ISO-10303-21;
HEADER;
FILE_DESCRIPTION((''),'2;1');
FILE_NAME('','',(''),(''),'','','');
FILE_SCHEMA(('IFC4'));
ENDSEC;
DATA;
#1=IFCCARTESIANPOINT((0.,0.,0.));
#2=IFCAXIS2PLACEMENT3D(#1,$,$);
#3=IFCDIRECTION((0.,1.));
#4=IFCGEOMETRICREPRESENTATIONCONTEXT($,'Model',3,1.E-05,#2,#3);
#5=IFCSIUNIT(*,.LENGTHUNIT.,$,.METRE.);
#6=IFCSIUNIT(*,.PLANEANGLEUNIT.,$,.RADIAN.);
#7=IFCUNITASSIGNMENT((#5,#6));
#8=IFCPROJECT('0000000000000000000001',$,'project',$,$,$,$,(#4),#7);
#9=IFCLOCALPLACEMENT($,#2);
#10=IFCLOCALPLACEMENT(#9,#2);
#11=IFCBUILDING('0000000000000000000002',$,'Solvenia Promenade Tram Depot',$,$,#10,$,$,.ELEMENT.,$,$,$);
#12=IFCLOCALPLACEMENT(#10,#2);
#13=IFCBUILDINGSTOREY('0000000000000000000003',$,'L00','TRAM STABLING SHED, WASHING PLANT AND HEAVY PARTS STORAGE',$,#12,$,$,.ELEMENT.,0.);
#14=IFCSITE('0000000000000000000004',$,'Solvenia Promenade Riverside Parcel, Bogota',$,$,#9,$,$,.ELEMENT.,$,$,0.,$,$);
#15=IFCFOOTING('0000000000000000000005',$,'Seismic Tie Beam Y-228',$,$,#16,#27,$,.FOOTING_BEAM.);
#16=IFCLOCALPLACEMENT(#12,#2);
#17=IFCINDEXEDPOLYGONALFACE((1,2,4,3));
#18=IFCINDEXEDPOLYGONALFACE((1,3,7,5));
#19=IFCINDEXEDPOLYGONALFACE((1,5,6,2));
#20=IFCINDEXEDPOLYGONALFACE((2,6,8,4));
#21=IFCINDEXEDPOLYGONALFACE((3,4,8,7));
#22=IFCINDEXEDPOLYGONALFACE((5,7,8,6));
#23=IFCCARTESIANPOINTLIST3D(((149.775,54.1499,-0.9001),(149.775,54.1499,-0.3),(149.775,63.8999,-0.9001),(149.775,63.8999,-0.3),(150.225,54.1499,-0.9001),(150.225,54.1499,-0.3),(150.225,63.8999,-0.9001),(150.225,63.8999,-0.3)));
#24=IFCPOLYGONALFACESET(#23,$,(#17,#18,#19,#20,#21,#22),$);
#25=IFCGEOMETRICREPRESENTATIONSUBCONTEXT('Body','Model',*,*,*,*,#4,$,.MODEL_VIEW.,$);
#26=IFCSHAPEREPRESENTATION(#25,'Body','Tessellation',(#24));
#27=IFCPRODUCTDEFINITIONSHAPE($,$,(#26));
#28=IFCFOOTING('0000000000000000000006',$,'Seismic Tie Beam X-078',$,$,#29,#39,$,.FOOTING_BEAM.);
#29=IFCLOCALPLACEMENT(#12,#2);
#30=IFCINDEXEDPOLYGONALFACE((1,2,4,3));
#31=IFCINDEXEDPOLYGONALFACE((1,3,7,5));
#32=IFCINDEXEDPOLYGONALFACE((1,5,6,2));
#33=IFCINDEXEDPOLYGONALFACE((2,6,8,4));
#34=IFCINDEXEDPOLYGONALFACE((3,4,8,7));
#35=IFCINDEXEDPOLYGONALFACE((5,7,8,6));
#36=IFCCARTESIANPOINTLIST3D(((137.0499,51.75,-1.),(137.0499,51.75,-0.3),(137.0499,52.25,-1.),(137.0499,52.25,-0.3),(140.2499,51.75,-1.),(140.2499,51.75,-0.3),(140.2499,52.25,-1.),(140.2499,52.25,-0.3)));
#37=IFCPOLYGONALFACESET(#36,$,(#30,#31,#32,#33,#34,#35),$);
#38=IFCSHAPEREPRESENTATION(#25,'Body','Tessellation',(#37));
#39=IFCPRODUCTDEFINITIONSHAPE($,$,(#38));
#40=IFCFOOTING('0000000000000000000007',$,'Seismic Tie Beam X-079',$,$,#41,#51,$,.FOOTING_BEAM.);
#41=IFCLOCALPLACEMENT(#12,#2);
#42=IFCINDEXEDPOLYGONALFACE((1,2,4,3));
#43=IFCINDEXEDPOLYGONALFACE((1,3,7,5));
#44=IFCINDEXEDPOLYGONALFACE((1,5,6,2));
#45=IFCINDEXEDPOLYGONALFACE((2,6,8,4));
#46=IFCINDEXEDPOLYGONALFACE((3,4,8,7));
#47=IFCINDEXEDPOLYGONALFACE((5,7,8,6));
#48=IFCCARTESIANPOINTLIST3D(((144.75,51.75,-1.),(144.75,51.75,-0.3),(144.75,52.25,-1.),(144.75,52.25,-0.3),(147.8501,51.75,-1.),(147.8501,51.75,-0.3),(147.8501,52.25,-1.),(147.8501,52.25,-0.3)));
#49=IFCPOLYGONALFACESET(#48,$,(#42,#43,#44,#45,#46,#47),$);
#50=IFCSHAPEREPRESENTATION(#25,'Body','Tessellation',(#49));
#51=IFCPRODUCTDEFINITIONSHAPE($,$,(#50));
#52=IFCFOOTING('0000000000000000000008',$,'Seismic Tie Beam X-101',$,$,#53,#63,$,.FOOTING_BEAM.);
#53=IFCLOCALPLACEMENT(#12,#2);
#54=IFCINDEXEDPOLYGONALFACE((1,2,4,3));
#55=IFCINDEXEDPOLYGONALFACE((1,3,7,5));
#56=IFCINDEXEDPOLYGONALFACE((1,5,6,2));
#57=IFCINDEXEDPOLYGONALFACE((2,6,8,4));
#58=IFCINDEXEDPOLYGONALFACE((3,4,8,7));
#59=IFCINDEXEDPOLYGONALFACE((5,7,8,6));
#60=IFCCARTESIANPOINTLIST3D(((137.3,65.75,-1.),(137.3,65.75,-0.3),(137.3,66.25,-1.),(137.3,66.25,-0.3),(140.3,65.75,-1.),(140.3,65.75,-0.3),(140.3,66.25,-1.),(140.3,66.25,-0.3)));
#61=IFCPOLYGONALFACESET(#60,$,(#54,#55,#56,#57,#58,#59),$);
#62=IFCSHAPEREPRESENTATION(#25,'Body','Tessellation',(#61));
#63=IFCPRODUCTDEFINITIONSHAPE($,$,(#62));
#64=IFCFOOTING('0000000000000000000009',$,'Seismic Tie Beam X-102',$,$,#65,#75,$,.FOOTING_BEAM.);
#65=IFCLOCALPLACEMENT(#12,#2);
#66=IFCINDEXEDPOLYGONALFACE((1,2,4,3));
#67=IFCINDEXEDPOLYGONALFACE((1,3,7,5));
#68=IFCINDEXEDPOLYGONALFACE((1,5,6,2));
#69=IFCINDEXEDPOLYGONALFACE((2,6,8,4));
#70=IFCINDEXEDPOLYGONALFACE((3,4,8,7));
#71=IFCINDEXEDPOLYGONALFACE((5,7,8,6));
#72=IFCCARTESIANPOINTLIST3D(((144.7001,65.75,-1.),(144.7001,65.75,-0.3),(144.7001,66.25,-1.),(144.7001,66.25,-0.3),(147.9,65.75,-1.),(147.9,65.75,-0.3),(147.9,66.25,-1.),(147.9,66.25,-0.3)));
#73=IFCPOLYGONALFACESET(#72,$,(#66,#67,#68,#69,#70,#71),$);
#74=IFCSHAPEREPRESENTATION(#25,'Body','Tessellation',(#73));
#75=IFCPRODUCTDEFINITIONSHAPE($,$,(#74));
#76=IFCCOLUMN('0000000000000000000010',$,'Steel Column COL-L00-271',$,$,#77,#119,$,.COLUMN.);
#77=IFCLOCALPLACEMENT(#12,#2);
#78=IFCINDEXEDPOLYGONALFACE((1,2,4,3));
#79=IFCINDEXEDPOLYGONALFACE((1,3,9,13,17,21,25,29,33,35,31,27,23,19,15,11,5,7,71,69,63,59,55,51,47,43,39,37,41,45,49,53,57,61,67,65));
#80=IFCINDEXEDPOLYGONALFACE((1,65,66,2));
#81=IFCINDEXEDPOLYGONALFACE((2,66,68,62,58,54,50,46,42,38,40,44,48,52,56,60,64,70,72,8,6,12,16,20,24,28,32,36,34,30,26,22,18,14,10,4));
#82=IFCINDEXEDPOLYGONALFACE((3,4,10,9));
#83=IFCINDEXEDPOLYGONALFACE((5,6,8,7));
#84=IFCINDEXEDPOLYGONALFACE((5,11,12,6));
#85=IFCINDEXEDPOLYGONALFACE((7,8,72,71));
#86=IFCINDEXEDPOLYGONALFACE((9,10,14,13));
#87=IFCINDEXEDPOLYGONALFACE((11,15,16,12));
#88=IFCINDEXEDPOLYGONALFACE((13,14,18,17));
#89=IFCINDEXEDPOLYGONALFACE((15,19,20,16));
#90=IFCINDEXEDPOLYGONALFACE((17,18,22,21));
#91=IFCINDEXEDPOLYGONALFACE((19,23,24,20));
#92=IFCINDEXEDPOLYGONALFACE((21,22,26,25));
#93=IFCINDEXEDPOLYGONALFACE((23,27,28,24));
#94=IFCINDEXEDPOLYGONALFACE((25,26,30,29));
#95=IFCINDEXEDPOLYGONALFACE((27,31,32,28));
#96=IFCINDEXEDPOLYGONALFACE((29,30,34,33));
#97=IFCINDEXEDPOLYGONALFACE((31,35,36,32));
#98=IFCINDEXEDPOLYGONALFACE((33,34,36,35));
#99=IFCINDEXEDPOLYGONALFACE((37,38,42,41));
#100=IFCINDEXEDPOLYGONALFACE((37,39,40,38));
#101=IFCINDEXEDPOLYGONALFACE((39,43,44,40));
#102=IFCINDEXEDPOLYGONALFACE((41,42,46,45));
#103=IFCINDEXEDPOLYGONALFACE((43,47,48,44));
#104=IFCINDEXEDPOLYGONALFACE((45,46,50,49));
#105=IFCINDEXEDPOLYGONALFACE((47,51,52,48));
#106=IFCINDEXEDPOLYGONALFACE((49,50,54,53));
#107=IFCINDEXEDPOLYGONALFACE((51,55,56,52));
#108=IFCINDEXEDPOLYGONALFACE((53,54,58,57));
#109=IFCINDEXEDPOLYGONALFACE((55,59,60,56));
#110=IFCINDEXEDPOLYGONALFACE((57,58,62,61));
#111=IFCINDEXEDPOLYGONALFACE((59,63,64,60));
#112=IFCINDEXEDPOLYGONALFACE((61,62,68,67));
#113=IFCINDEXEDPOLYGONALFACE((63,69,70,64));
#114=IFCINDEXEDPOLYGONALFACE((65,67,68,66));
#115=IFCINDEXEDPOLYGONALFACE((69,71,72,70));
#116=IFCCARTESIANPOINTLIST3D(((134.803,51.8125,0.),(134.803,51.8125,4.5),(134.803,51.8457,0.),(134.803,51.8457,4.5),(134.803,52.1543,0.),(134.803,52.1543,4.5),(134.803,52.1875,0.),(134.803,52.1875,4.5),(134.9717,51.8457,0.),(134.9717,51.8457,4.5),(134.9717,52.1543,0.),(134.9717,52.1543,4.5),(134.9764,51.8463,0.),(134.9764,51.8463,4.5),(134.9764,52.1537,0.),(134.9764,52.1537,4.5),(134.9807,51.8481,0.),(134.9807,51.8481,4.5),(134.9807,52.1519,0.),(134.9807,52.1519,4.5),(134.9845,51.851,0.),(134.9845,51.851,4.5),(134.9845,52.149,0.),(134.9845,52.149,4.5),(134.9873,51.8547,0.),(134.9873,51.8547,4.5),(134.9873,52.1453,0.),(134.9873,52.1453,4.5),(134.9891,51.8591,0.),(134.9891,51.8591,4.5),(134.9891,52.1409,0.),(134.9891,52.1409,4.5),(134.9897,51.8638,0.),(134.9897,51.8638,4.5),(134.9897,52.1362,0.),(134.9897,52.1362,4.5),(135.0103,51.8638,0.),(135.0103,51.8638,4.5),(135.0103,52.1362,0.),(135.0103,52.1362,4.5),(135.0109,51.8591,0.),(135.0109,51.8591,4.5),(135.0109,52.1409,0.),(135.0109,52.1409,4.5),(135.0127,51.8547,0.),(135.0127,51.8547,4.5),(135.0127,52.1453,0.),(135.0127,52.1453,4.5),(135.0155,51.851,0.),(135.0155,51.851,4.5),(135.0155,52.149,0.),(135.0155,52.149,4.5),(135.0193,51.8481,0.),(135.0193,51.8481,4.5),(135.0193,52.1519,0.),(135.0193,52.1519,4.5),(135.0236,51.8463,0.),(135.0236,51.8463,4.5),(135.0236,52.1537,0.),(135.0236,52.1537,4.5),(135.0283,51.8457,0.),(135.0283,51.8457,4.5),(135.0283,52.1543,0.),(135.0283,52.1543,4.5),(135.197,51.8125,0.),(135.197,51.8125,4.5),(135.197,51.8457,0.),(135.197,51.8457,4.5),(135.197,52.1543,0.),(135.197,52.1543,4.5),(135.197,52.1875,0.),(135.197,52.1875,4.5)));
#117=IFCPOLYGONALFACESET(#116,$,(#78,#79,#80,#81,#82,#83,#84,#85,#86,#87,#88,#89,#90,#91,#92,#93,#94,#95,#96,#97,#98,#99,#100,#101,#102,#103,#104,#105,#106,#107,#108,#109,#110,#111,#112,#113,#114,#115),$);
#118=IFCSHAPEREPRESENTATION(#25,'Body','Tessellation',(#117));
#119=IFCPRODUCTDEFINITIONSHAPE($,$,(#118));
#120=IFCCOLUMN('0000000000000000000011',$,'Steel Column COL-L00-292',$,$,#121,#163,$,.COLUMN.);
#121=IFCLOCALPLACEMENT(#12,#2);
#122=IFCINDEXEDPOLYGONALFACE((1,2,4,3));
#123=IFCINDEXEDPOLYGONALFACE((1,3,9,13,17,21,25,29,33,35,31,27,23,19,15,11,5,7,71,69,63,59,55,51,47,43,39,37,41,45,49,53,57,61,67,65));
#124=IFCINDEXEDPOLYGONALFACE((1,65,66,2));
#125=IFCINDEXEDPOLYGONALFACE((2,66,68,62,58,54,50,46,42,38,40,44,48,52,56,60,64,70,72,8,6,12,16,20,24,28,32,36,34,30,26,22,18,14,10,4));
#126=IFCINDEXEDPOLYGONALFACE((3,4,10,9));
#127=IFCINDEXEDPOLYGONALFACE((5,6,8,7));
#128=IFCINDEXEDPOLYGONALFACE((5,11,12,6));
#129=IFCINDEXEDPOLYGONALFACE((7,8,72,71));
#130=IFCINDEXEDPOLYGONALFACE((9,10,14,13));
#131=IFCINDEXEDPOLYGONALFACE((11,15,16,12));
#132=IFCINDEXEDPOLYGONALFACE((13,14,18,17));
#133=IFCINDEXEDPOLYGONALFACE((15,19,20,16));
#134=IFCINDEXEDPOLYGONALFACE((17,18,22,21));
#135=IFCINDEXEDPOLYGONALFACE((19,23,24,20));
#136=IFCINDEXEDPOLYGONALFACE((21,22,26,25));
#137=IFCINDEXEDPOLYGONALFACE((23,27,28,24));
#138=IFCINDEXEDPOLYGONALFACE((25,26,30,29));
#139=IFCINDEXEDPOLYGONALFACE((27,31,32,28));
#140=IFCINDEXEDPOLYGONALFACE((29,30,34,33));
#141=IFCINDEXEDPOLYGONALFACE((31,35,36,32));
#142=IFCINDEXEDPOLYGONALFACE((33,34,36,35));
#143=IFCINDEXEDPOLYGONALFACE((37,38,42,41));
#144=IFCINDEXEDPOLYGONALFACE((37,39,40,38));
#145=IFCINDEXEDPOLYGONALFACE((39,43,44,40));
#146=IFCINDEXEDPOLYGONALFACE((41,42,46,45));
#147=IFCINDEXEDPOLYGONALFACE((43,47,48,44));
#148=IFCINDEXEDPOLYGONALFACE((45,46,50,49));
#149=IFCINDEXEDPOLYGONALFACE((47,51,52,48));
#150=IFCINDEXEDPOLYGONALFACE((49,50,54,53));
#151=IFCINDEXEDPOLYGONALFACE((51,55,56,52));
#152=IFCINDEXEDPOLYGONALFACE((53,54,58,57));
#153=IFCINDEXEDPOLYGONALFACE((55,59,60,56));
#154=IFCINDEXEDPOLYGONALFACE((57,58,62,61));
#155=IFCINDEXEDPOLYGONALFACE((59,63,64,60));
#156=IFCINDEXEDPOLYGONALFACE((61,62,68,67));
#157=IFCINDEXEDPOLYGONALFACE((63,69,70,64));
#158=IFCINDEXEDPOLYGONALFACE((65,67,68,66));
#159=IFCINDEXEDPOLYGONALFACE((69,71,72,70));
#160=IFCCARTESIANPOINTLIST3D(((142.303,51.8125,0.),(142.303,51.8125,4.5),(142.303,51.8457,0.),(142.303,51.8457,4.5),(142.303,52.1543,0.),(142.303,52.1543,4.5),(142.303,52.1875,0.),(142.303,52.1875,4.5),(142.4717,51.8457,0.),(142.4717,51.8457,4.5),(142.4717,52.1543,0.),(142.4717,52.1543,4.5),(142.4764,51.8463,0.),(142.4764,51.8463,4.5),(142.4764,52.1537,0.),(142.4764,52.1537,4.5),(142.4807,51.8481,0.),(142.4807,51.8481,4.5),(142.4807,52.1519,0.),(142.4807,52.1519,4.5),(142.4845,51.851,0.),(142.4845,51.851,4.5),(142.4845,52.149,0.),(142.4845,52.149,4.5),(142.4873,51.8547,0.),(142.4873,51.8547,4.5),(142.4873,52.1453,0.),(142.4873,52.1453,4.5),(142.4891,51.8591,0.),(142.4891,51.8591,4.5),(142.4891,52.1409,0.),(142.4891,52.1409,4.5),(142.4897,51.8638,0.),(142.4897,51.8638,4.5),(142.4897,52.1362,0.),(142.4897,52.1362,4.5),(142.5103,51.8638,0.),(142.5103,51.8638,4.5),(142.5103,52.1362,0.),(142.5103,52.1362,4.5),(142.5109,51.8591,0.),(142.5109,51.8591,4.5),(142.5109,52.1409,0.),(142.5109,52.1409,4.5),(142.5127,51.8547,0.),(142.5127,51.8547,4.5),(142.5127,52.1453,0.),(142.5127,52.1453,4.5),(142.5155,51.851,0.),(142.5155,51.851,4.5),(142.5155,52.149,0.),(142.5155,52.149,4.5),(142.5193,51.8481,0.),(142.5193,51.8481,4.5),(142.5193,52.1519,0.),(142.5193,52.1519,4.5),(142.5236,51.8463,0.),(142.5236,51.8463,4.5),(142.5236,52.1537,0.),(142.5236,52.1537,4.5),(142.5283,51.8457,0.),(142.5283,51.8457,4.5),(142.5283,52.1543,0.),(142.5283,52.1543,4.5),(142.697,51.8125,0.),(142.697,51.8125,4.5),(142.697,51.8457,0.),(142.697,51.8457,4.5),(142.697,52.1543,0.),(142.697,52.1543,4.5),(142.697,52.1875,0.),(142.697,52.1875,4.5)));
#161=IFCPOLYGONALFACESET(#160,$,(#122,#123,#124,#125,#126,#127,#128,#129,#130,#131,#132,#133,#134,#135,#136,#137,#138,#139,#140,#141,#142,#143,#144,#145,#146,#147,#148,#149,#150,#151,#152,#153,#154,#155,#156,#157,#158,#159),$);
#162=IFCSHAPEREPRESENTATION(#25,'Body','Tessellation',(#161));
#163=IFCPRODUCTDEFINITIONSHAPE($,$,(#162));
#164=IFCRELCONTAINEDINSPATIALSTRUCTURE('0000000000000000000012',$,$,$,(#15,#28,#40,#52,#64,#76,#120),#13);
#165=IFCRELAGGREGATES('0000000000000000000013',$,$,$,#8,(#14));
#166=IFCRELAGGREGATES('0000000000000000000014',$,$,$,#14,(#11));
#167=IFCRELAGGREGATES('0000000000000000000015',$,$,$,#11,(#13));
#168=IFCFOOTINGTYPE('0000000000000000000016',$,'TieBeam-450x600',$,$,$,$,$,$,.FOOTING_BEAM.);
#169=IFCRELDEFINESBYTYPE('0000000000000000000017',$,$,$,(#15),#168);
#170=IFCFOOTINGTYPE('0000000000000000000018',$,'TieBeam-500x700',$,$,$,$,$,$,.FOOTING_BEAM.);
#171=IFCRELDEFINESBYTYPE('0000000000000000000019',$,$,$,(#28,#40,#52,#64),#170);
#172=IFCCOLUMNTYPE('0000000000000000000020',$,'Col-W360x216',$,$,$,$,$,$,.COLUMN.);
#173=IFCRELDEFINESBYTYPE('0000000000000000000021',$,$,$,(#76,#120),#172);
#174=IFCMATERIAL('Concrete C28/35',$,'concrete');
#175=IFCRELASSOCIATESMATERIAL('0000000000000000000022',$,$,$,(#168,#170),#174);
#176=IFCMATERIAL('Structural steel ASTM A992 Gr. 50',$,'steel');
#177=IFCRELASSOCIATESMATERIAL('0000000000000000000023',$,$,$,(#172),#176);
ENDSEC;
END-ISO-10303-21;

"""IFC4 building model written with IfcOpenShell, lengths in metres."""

from ifc_helpers import new_model, si_unit, direction, frame, origin, origin_2d, place, context, subcontext, project, spatial, rectangle, i_section, extrude, material, material_profile, profile_set, type_object, element, save


model = new_model("IFC4")

# Units and contexts
model_context = context("Model", 3, precision=1e-05, world=origin(), true_north=direction((0.0, 1.0)))
body_context = subcontext(model_context, "Body", "Model", "MODEL_VIEW")
ifc_project = project(units=[si_unit("LENGTHUNIT", "METRE"), si_unit("PLANEANGLEUNIT", "RADIAN")], contexts=[model_context])

# Site, building, storey
site_placement = place(None, origin())
site = spatial("IfcSite", under=ifc_project, at=site_placement, Name="Solvenia Promenade Riverside Parcel, Bogota", CompositionType="ELEMENT", RefElevation=0.0)
building_placement = place(site_placement, origin())
building = spatial("IfcBuilding", under=site, at=building_placement, Name="Solvenia Promenade Tram Depot", CompositionType="ELEMENT")
storey_placement = place(building_placement, origin())
storey = spatial("IfcBuildingStorey", under=building, at=storey_placement, Name="L00", Description="TRAM STABLING SHED, WASHING PLANT AND HEAVY PARTS STORAGE", CompositionType="ELEMENT", Elevation=0.0)

# Shared definitions
ifc_material_1 = material(Name="Concrete C28/35", Category="concrete")

# Footings
footing_type_1 = type_object("IfcFootingType", Name="TieBeam-450x600", PredefinedType="FOOTING_BEAM", material=ifc_material_1)
footing_1_placement = place(storey_placement, frame((150.0, 59.0249, -0.9001), z_axis=(0.0, 0.0, 1.0), x_axis=(1.0, 0.0, 0.0)))
element("IfcFooting", 1, at=footing_1_placement, inside=storey, type_object=footing_type_1, Name="Seismic Tie Beam Y-228", PredefinedType="FOOTING_BEAM", context=body_context, shape_type="SweptSolid", body=[
    extrude(rectangle(XDim=0.45, YDim=9.75, at=origin_2d()), origin(), (0.0, 0.0, 1.0), 0.6001),
])
footing_type_2 = type_object("IfcFootingType", Name="TieBeam-500x700", PredefinedType="FOOTING_BEAM", material=ifc_material_1)
footing_2_placement = place(storey_placement, frame((138.6499, 52.0, -1.0), z_axis=(0.0, 0.0, 1.0), x_axis=(1.0, 0.0, 0.0)))
element("IfcFooting", 2, at=footing_2_placement, inside=storey, type_object=footing_type_2, Name="Seismic Tie Beam X-078", PredefinedType="FOOTING_BEAM", context=body_context, shape_type="SweptSolid", body=[
    extrude(rectangle(XDim=3.2, YDim=0.5, at=origin_2d()), origin(), (0.0, 0.0, 1.0), 0.7),
])
footing_3_placement = place(storey_placement, frame((146.3, 52.0, -1.0), z_axis=(0.0, 0.0, 1.0), x_axis=(1.0, 0.0, 0.0)))
element("IfcFooting", 3, at=footing_3_placement, inside=storey, type_object=footing_type_2, Name="Seismic Tie Beam X-079", PredefinedType="FOOTING_BEAM", context=body_context, shape_type="SweptSolid", body=[
    extrude(rectangle(XDim=3.1001, YDim=0.5, at=origin_2d()), origin(), (0.0, 0.0, 1.0), 0.7),
])
footing_4_placement = place(storey_placement, frame((138.8, 66.0, -1.0), z_axis=(0.0, 0.0, 1.0), x_axis=(1.0, 0.0, 0.0)))
element("IfcFooting", 4, at=footing_4_placement, inside=storey, type_object=footing_type_2, Name="Seismic Tie Beam X-101", PredefinedType="FOOTING_BEAM", context=body_context, shape_type="SweptSolid", body=[
    extrude(rectangle(XDim=3.0, YDim=0.5, at=origin_2d()), origin(), (0.0, 0.0, 1.0), 0.7),
])
footing_5_placement = place(storey_placement, frame((146.3, 66.0, -1.0), z_axis=(0.0, 0.0, 1.0), x_axis=(1.0, 0.0, 0.0)))
element("IfcFooting", 5, at=footing_5_placement, inside=storey, type_object=footing_type_2, Name="Seismic Tie Beam X-102", PredefinedType="FOOTING_BEAM", context=body_context, shape_type="SweptSolid", body=[
    extrude(rectangle(XDim=3.2, YDim=0.5, at=origin_2d()), origin(), (0.0, 0.0, 1.0), 0.7),
])

# Columns
ifc_material_2 = material(Name="Structural steel ASTM A992 Gr. 50", Category="steel")
ifc_material_profile_1 = material_profile(ifc_material_2, i_section(OverallWidth=0.394, OverallDepth=0.375, WebThickness=0.0205, FlangeThickness=0.0332, FilletRadius=0.0181, at=origin_2d()), Name="W360x216", Category="steel")
ifc_profile_set_1 = profile_set([ifc_material_profile_1], Name="Structural steel ASTM A992 Gr. 50")
column_type_1 = type_object("IfcColumnType", Name="Col-W360x216", PredefinedType="COLUMN", material=ifc_profile_set_1)
for number, where, z_axis, x_axis, name in (
    (6, (135.0, 52.0, 0.0), (0.0, 0.0, 1.0), (1.0, 0.0, 0.0), "Steel Column COL-L00-271"),
    (7, (142.5, 52.0, 0.0), (0.0, 0.0, 1.0), (1.0, 0.0, 0.0), "Steel Column COL-L00-292"),
):
    element("IfcColumn", number, at=place(storey_placement, frame(where, z_axis=z_axis, x_axis=x_axis)), inside=storey, type_object=column_type_1, Name=name, PredefinedType="COLUMN", context=body_context, shape_type="SweptSolid", body=[
        extrude(i_section(OverallWidth=0.394, OverallDepth=0.375, WebThickness=0.0205, FlangeThickness=0.0332, FilletRadius=0.0181, at=origin_2d()), origin(), (0.0, 0.0, 1.0), 4.5),
    ])

save(model, "model.ifc")
